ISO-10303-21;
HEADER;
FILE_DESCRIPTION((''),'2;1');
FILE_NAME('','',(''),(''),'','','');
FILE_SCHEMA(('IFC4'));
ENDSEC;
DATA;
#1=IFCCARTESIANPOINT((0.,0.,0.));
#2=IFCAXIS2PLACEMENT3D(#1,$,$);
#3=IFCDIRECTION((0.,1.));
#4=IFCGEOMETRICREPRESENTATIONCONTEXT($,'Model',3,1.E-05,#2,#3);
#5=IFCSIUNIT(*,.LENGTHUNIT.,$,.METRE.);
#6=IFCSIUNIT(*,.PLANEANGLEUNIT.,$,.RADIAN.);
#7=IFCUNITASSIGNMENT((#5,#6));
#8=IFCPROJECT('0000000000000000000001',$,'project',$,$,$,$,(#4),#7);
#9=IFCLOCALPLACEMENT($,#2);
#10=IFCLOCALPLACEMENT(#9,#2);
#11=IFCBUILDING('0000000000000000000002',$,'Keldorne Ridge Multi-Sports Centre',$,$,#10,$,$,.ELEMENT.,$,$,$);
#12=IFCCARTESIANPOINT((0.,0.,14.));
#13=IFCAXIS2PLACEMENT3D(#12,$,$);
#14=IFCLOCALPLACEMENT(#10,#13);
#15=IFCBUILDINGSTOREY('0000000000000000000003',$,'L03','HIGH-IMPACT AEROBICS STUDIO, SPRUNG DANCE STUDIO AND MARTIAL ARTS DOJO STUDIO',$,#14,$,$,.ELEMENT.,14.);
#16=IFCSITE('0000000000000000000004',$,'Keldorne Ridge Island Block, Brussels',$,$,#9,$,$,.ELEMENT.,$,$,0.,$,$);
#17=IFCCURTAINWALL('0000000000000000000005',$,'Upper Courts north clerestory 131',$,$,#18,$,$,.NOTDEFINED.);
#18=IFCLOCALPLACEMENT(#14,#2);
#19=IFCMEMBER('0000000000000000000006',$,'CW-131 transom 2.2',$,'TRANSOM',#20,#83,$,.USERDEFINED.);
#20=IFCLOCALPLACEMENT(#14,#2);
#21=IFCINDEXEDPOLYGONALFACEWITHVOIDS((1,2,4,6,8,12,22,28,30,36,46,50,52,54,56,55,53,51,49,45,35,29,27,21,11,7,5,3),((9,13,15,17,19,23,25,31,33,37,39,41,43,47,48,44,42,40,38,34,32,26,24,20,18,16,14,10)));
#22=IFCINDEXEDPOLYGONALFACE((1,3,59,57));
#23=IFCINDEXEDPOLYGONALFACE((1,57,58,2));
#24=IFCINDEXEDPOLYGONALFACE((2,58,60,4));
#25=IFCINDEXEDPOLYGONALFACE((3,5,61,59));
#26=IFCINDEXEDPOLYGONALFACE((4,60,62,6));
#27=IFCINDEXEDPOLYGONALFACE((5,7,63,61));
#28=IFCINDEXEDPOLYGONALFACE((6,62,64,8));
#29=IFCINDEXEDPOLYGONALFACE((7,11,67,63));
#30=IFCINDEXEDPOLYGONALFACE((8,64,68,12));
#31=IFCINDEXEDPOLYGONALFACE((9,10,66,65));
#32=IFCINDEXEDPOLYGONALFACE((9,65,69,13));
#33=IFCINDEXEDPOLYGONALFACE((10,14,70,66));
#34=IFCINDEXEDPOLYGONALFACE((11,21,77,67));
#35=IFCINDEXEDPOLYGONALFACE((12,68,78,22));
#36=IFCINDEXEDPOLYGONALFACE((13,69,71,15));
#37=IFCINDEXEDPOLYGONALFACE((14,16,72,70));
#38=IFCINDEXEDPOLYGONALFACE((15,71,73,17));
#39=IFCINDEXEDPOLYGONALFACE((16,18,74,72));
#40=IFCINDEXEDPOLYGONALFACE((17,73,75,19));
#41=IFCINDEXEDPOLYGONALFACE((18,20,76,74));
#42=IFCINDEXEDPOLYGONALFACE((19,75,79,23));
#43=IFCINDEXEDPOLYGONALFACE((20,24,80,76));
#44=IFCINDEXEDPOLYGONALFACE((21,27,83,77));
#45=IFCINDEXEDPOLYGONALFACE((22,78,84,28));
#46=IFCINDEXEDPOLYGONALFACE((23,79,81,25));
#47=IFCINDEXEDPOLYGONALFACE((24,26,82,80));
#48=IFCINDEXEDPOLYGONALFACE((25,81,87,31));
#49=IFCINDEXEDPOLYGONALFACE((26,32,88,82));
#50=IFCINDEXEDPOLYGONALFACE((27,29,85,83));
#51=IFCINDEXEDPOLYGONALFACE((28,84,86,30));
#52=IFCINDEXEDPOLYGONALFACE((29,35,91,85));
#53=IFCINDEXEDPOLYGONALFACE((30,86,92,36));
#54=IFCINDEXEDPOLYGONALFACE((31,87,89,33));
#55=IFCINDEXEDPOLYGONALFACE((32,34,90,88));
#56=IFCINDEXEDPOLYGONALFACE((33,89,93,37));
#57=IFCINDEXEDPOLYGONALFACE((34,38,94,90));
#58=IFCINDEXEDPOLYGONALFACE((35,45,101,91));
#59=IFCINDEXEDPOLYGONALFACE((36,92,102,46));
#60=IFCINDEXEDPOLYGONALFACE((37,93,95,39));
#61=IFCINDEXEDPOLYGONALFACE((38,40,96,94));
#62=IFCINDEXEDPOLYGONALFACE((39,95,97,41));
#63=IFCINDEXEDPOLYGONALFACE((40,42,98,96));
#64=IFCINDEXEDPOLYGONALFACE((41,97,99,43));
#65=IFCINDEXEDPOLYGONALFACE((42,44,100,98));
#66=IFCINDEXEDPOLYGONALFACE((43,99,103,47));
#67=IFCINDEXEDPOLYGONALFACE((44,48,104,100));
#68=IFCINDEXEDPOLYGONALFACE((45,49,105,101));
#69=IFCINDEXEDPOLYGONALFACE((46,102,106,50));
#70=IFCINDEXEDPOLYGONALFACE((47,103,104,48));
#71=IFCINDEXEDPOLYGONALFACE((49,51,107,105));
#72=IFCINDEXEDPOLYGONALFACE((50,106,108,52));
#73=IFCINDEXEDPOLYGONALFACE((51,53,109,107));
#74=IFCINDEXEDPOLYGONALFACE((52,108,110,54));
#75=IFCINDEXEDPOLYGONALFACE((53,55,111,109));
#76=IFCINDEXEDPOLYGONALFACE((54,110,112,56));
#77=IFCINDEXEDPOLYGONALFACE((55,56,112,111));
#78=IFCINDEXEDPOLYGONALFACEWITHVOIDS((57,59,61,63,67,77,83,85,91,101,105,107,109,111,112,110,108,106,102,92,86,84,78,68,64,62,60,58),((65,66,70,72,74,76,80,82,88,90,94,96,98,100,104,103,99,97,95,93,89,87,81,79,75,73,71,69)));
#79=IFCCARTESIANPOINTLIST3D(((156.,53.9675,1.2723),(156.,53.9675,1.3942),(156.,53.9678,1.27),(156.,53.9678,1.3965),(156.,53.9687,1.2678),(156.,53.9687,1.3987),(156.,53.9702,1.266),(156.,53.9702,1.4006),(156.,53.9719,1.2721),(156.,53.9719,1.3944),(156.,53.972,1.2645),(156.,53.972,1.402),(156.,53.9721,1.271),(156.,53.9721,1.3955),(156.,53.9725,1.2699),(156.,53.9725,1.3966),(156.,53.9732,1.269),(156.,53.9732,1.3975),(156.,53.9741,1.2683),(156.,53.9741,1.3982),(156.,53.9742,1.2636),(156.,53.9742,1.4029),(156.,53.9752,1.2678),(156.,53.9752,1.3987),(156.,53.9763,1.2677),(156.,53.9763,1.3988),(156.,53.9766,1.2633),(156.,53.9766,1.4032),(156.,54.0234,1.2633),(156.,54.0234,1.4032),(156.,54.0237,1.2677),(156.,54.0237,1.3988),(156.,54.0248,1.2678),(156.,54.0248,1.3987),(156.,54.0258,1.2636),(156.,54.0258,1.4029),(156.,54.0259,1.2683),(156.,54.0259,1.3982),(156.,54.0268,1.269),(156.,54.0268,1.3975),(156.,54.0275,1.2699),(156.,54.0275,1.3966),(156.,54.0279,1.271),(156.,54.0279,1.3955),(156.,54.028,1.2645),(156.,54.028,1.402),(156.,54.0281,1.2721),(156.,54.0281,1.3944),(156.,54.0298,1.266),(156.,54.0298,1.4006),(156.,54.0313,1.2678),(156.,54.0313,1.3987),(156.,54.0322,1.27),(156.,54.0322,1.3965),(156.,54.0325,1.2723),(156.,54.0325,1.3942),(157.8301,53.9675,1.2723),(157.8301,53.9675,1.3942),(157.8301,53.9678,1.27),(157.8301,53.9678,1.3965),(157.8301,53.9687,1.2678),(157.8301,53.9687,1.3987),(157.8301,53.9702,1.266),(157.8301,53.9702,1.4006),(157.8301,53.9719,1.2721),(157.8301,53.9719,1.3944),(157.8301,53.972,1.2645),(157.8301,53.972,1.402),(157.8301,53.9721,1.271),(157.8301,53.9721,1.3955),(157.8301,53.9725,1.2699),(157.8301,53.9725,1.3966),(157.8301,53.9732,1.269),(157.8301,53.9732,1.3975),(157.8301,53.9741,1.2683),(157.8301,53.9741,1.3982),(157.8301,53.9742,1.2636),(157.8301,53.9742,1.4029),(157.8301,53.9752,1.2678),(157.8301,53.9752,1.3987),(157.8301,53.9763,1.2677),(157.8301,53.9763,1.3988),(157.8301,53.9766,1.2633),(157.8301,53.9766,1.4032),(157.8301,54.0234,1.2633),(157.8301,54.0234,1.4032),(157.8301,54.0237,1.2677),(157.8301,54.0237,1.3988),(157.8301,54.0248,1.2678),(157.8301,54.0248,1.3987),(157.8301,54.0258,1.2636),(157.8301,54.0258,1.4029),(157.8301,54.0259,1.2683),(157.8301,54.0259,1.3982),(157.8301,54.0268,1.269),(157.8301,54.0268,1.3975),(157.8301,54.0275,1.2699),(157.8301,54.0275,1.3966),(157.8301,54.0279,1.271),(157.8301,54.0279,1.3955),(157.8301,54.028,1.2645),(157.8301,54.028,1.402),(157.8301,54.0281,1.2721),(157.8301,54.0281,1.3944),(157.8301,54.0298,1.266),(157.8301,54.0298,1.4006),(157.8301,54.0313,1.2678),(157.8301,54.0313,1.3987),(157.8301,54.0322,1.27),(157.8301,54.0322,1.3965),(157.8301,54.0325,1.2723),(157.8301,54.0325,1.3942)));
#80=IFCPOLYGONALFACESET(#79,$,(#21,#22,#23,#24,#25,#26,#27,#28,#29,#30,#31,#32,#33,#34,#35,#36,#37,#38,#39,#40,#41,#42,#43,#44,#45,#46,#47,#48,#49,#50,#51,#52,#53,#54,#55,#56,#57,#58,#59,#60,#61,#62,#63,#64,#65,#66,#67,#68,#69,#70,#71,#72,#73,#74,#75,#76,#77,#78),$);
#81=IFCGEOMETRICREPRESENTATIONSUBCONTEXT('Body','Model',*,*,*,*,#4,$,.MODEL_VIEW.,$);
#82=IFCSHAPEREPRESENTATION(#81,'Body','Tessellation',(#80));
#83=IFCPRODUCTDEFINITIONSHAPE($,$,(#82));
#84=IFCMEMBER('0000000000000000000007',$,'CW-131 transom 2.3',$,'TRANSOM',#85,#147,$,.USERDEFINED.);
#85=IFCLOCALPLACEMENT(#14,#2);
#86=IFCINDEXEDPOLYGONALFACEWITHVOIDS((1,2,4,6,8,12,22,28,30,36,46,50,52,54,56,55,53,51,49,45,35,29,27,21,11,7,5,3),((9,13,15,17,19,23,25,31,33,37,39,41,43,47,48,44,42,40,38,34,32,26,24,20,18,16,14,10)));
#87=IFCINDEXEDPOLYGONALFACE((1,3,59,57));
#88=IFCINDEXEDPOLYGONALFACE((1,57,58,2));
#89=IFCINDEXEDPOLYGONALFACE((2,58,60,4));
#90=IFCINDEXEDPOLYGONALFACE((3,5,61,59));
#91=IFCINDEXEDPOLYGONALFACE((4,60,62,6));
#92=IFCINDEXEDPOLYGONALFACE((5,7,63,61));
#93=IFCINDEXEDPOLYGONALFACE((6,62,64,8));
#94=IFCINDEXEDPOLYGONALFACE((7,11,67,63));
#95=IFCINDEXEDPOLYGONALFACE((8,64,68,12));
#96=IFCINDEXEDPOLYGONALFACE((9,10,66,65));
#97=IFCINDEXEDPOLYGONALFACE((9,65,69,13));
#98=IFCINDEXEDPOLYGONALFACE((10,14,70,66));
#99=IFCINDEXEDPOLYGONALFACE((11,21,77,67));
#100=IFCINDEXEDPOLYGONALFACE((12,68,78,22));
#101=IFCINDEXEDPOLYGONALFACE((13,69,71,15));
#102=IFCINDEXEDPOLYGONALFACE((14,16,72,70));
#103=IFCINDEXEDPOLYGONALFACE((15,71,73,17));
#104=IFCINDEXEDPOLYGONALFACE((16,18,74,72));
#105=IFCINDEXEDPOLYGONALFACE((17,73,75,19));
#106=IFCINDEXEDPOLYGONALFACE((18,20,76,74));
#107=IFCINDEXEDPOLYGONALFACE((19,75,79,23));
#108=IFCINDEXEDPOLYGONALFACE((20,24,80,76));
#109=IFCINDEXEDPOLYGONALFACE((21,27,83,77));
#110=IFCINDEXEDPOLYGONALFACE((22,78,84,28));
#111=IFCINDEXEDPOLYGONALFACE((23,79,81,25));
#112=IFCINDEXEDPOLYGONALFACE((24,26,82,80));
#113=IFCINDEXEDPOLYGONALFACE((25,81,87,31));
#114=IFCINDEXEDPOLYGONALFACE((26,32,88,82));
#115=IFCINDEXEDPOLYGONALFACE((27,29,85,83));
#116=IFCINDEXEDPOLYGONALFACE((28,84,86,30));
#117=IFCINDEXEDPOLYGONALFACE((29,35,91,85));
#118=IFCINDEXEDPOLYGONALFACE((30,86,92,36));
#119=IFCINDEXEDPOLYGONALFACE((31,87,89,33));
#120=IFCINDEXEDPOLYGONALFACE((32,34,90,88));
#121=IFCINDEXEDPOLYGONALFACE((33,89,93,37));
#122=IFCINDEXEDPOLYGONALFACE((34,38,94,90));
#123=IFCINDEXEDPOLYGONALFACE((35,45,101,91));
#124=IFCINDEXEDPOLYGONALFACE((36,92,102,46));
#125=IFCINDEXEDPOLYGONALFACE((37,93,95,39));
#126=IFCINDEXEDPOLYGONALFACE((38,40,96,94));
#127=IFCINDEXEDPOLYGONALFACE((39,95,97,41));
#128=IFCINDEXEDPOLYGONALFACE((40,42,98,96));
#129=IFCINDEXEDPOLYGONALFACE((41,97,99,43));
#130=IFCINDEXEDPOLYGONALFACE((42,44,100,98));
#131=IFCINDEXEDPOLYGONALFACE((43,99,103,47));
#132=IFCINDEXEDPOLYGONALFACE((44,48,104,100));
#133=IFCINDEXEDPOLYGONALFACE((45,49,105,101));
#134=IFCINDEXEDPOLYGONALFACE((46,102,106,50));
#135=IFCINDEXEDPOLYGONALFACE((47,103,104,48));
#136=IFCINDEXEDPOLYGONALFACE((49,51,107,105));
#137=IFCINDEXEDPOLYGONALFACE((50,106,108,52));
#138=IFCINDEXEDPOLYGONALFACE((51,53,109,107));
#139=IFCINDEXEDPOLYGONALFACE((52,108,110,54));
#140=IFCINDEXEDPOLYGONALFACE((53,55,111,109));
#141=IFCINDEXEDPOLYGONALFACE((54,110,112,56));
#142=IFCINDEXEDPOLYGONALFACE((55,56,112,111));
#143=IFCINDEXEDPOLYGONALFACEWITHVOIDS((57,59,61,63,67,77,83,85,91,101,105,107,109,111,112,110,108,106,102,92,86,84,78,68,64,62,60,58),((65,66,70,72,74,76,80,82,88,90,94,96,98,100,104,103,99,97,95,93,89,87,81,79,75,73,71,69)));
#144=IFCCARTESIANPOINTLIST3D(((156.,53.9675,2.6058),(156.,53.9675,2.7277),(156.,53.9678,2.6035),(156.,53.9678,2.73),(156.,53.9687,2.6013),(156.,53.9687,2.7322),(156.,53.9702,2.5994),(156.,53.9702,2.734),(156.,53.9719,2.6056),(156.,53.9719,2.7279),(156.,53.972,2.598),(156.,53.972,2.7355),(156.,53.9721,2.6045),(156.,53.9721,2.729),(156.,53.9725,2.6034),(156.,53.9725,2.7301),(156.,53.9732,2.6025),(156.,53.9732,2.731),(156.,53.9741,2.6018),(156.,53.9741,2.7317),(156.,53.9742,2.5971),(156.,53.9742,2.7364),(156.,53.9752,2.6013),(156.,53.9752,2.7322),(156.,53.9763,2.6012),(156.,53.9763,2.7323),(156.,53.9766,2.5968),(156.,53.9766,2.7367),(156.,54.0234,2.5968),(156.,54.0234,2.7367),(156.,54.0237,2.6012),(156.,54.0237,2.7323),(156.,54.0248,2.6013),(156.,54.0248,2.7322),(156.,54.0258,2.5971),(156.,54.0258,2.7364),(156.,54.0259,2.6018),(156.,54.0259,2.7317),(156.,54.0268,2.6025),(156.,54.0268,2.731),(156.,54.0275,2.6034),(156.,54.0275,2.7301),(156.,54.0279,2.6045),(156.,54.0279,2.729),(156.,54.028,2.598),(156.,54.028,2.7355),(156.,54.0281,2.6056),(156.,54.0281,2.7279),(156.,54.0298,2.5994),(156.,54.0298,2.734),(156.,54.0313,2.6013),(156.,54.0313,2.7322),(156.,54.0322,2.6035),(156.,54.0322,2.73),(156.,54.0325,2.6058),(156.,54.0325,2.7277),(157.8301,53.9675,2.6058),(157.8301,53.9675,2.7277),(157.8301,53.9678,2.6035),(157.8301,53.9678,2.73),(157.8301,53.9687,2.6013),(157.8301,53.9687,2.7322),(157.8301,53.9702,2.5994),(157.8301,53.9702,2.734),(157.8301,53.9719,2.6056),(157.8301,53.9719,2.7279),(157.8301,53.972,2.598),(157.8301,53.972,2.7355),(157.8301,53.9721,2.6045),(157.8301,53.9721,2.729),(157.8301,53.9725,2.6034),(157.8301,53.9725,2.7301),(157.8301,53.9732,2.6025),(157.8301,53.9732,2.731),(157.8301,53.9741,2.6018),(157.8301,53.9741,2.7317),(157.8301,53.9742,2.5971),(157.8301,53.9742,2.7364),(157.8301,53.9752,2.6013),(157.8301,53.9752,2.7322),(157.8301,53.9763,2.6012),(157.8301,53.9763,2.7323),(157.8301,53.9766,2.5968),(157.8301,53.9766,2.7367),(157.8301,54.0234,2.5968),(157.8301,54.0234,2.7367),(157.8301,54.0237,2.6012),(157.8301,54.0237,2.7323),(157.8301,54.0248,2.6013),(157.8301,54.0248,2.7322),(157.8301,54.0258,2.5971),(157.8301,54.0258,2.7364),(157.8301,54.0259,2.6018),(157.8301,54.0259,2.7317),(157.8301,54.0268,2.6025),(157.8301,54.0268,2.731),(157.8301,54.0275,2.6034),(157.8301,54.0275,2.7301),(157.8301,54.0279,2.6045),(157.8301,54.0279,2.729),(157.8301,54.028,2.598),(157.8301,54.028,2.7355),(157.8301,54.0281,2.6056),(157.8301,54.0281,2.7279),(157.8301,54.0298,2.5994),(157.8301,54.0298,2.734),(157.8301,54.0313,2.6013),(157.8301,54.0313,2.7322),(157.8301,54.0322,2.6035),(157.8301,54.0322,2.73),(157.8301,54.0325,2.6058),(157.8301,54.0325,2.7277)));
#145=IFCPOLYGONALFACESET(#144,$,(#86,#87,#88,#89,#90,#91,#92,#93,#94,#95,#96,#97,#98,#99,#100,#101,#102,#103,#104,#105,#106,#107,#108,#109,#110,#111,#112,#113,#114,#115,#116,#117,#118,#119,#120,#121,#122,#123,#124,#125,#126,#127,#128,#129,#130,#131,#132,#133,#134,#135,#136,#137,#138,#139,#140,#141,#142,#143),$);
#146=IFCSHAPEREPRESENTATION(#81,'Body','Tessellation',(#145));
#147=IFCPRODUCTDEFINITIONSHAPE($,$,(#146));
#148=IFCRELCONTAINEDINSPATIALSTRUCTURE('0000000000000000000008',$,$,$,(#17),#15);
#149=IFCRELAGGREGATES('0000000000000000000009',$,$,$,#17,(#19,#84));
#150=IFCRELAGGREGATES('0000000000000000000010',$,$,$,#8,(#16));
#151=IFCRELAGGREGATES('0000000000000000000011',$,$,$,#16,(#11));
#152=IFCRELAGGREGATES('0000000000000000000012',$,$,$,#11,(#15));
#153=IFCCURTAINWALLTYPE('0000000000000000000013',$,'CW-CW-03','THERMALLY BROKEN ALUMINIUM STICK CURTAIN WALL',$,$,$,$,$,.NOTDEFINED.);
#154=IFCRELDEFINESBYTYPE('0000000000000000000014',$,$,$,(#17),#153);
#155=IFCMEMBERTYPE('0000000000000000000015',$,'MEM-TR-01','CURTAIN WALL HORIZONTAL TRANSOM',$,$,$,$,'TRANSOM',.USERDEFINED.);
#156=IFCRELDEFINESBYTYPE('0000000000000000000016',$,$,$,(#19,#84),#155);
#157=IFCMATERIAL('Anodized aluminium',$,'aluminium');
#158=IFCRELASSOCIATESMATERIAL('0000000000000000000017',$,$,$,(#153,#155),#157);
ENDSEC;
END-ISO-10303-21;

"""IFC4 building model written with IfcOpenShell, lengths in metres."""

from ifc_helpers import new_model, si_unit, direction, frame, origin, origin_2d, place, context, subcontext, project, spatial, hollow_rectangle, extrude, material, material_profile, profile_set, type_object, element, aggregate, save


model = new_model("IFC4")

# Units and contexts
model_context = context("Model", 3, precision=1e-05, world=origin(), true_north=direction((0.0, 1.0)))
body_context = subcontext(model_context, "Body", "Model", "MODEL_VIEW")
ifc_project = project(units=[si_unit("LENGTHUNIT", "METRE"), si_unit("PLANEANGLEUNIT", "RADIAN")], contexts=[model_context])

# Site, building, storey
site_placement = place(None, origin())
site = spatial("IfcSite", under=ifc_project, at=site_placement, Name="Keldorne Ridge Island Block, Brussels", CompositionType="ELEMENT", RefElevation=0.0)
building_placement = place(site_placement, origin())
building = spatial("IfcBuilding", under=site, at=building_placement, Name="Keldorne Ridge Multi-Sports Centre", CompositionType="ELEMENT")
storey_placement = place(building_placement, frame((0.0, 0.0, 14.0)))
storey = spatial("IfcBuildingStorey", under=building, at=storey_placement, Name="L03", Description="HIGH-IMPACT AEROBICS STUDIO, SPRUNG DANCE STUDIO AND MARTIAL ARTS DOJO STUDIO", CompositionType="ELEMENT", Elevation=14.0)

# Curtain wall
ifc_material_1 = material(Name="Anodized aluminium", Category="aluminium")
curtain_wall_type_1 = type_object("IfcCurtainWallType", Name="CW-CW-03", Description="THERMALLY BROKEN ALUMINIUM STICK CURTAIN WALL", PredefinedType="NOTDEFINED", material=ifc_material_1)
curtain_wall_1_placement = place(storey_placement, origin())
curtain_wall_1 = element("IfcCurtainWall", 1, at=curtain_wall_1_placement, inside=storey, type_object=curtain_wall_type_1, Name="Upper Courts north clerestory 131", PredefinedType="NOTDEFINED")

# Members
ifc_material_profile_1 = material_profile(ifc_material_1, hollow_rectangle(XDim=0.0649, YDim=0.1399, WallThickness=0.0044, InnerFilletRadius=0.0044, OuterFilletRadius=0.009, at=origin_2d()), Name="ALU TRANSOM 140x65x4.5")
ifc_profile_set_1 = profile_set([ifc_material_profile_1], Name="Anodized aluminium")
member_type_1 = type_object("IfcMemberType", Name="MEM-TR-01", Description="CURTAIN WALL HORIZONTAL TRANSOM", ElementType="TRANSOM", PredefinedType="USERDEFINED", material=ifc_profile_set_1)
member_1_placement = place(storey_placement, frame((157.8301, 54.0, 1.3333), z_axis=(-1.0, 0.0, 0.0), x_axis=(0.0, -1.0, 0.0)))
member_1 = element("IfcMember", 2, at=member_1_placement, type_object=member_type_1, Name="CW-131 transom 2.2", ObjectType="TRANSOM", PredefinedType="USERDEFINED", context=body_context, shape_type="SweptSolid", body=[
    extrude(hollow_rectangle(XDim=0.0649, YDim=0.1399, WallThickness=0.0044, InnerFilletRadius=0.0044, OuterFilletRadius=0.009, at=origin_2d()), origin(), (0.0, 0.0, 1.0), 1.8301),
])
member_2_placement = place(storey_placement, frame((157.8301, 54.0, 2.6667), z_axis=(-1.0, 0.0, 0.0), x_axis=(0.0, -1.0, 0.0)))
member_2 = element("IfcMember", 3, at=member_2_placement, type_object=member_type_1, Name="CW-131 transom 2.3", ObjectType="TRANSOM", PredefinedType="USERDEFINED", context=body_context, shape_type="SweptSolid", body=[
    extrude(hollow_rectangle(XDim=0.0649, YDim=0.1399, WallThickness=0.0044, InnerFilletRadius=0.0044, OuterFilletRadius=0.009, at=origin_2d()), origin(), (0.0, 0.0, 1.0), 1.8301),
])

aggregate(curtain_wall_1, [member_1, member_2])

save(model, "model.ifc")
